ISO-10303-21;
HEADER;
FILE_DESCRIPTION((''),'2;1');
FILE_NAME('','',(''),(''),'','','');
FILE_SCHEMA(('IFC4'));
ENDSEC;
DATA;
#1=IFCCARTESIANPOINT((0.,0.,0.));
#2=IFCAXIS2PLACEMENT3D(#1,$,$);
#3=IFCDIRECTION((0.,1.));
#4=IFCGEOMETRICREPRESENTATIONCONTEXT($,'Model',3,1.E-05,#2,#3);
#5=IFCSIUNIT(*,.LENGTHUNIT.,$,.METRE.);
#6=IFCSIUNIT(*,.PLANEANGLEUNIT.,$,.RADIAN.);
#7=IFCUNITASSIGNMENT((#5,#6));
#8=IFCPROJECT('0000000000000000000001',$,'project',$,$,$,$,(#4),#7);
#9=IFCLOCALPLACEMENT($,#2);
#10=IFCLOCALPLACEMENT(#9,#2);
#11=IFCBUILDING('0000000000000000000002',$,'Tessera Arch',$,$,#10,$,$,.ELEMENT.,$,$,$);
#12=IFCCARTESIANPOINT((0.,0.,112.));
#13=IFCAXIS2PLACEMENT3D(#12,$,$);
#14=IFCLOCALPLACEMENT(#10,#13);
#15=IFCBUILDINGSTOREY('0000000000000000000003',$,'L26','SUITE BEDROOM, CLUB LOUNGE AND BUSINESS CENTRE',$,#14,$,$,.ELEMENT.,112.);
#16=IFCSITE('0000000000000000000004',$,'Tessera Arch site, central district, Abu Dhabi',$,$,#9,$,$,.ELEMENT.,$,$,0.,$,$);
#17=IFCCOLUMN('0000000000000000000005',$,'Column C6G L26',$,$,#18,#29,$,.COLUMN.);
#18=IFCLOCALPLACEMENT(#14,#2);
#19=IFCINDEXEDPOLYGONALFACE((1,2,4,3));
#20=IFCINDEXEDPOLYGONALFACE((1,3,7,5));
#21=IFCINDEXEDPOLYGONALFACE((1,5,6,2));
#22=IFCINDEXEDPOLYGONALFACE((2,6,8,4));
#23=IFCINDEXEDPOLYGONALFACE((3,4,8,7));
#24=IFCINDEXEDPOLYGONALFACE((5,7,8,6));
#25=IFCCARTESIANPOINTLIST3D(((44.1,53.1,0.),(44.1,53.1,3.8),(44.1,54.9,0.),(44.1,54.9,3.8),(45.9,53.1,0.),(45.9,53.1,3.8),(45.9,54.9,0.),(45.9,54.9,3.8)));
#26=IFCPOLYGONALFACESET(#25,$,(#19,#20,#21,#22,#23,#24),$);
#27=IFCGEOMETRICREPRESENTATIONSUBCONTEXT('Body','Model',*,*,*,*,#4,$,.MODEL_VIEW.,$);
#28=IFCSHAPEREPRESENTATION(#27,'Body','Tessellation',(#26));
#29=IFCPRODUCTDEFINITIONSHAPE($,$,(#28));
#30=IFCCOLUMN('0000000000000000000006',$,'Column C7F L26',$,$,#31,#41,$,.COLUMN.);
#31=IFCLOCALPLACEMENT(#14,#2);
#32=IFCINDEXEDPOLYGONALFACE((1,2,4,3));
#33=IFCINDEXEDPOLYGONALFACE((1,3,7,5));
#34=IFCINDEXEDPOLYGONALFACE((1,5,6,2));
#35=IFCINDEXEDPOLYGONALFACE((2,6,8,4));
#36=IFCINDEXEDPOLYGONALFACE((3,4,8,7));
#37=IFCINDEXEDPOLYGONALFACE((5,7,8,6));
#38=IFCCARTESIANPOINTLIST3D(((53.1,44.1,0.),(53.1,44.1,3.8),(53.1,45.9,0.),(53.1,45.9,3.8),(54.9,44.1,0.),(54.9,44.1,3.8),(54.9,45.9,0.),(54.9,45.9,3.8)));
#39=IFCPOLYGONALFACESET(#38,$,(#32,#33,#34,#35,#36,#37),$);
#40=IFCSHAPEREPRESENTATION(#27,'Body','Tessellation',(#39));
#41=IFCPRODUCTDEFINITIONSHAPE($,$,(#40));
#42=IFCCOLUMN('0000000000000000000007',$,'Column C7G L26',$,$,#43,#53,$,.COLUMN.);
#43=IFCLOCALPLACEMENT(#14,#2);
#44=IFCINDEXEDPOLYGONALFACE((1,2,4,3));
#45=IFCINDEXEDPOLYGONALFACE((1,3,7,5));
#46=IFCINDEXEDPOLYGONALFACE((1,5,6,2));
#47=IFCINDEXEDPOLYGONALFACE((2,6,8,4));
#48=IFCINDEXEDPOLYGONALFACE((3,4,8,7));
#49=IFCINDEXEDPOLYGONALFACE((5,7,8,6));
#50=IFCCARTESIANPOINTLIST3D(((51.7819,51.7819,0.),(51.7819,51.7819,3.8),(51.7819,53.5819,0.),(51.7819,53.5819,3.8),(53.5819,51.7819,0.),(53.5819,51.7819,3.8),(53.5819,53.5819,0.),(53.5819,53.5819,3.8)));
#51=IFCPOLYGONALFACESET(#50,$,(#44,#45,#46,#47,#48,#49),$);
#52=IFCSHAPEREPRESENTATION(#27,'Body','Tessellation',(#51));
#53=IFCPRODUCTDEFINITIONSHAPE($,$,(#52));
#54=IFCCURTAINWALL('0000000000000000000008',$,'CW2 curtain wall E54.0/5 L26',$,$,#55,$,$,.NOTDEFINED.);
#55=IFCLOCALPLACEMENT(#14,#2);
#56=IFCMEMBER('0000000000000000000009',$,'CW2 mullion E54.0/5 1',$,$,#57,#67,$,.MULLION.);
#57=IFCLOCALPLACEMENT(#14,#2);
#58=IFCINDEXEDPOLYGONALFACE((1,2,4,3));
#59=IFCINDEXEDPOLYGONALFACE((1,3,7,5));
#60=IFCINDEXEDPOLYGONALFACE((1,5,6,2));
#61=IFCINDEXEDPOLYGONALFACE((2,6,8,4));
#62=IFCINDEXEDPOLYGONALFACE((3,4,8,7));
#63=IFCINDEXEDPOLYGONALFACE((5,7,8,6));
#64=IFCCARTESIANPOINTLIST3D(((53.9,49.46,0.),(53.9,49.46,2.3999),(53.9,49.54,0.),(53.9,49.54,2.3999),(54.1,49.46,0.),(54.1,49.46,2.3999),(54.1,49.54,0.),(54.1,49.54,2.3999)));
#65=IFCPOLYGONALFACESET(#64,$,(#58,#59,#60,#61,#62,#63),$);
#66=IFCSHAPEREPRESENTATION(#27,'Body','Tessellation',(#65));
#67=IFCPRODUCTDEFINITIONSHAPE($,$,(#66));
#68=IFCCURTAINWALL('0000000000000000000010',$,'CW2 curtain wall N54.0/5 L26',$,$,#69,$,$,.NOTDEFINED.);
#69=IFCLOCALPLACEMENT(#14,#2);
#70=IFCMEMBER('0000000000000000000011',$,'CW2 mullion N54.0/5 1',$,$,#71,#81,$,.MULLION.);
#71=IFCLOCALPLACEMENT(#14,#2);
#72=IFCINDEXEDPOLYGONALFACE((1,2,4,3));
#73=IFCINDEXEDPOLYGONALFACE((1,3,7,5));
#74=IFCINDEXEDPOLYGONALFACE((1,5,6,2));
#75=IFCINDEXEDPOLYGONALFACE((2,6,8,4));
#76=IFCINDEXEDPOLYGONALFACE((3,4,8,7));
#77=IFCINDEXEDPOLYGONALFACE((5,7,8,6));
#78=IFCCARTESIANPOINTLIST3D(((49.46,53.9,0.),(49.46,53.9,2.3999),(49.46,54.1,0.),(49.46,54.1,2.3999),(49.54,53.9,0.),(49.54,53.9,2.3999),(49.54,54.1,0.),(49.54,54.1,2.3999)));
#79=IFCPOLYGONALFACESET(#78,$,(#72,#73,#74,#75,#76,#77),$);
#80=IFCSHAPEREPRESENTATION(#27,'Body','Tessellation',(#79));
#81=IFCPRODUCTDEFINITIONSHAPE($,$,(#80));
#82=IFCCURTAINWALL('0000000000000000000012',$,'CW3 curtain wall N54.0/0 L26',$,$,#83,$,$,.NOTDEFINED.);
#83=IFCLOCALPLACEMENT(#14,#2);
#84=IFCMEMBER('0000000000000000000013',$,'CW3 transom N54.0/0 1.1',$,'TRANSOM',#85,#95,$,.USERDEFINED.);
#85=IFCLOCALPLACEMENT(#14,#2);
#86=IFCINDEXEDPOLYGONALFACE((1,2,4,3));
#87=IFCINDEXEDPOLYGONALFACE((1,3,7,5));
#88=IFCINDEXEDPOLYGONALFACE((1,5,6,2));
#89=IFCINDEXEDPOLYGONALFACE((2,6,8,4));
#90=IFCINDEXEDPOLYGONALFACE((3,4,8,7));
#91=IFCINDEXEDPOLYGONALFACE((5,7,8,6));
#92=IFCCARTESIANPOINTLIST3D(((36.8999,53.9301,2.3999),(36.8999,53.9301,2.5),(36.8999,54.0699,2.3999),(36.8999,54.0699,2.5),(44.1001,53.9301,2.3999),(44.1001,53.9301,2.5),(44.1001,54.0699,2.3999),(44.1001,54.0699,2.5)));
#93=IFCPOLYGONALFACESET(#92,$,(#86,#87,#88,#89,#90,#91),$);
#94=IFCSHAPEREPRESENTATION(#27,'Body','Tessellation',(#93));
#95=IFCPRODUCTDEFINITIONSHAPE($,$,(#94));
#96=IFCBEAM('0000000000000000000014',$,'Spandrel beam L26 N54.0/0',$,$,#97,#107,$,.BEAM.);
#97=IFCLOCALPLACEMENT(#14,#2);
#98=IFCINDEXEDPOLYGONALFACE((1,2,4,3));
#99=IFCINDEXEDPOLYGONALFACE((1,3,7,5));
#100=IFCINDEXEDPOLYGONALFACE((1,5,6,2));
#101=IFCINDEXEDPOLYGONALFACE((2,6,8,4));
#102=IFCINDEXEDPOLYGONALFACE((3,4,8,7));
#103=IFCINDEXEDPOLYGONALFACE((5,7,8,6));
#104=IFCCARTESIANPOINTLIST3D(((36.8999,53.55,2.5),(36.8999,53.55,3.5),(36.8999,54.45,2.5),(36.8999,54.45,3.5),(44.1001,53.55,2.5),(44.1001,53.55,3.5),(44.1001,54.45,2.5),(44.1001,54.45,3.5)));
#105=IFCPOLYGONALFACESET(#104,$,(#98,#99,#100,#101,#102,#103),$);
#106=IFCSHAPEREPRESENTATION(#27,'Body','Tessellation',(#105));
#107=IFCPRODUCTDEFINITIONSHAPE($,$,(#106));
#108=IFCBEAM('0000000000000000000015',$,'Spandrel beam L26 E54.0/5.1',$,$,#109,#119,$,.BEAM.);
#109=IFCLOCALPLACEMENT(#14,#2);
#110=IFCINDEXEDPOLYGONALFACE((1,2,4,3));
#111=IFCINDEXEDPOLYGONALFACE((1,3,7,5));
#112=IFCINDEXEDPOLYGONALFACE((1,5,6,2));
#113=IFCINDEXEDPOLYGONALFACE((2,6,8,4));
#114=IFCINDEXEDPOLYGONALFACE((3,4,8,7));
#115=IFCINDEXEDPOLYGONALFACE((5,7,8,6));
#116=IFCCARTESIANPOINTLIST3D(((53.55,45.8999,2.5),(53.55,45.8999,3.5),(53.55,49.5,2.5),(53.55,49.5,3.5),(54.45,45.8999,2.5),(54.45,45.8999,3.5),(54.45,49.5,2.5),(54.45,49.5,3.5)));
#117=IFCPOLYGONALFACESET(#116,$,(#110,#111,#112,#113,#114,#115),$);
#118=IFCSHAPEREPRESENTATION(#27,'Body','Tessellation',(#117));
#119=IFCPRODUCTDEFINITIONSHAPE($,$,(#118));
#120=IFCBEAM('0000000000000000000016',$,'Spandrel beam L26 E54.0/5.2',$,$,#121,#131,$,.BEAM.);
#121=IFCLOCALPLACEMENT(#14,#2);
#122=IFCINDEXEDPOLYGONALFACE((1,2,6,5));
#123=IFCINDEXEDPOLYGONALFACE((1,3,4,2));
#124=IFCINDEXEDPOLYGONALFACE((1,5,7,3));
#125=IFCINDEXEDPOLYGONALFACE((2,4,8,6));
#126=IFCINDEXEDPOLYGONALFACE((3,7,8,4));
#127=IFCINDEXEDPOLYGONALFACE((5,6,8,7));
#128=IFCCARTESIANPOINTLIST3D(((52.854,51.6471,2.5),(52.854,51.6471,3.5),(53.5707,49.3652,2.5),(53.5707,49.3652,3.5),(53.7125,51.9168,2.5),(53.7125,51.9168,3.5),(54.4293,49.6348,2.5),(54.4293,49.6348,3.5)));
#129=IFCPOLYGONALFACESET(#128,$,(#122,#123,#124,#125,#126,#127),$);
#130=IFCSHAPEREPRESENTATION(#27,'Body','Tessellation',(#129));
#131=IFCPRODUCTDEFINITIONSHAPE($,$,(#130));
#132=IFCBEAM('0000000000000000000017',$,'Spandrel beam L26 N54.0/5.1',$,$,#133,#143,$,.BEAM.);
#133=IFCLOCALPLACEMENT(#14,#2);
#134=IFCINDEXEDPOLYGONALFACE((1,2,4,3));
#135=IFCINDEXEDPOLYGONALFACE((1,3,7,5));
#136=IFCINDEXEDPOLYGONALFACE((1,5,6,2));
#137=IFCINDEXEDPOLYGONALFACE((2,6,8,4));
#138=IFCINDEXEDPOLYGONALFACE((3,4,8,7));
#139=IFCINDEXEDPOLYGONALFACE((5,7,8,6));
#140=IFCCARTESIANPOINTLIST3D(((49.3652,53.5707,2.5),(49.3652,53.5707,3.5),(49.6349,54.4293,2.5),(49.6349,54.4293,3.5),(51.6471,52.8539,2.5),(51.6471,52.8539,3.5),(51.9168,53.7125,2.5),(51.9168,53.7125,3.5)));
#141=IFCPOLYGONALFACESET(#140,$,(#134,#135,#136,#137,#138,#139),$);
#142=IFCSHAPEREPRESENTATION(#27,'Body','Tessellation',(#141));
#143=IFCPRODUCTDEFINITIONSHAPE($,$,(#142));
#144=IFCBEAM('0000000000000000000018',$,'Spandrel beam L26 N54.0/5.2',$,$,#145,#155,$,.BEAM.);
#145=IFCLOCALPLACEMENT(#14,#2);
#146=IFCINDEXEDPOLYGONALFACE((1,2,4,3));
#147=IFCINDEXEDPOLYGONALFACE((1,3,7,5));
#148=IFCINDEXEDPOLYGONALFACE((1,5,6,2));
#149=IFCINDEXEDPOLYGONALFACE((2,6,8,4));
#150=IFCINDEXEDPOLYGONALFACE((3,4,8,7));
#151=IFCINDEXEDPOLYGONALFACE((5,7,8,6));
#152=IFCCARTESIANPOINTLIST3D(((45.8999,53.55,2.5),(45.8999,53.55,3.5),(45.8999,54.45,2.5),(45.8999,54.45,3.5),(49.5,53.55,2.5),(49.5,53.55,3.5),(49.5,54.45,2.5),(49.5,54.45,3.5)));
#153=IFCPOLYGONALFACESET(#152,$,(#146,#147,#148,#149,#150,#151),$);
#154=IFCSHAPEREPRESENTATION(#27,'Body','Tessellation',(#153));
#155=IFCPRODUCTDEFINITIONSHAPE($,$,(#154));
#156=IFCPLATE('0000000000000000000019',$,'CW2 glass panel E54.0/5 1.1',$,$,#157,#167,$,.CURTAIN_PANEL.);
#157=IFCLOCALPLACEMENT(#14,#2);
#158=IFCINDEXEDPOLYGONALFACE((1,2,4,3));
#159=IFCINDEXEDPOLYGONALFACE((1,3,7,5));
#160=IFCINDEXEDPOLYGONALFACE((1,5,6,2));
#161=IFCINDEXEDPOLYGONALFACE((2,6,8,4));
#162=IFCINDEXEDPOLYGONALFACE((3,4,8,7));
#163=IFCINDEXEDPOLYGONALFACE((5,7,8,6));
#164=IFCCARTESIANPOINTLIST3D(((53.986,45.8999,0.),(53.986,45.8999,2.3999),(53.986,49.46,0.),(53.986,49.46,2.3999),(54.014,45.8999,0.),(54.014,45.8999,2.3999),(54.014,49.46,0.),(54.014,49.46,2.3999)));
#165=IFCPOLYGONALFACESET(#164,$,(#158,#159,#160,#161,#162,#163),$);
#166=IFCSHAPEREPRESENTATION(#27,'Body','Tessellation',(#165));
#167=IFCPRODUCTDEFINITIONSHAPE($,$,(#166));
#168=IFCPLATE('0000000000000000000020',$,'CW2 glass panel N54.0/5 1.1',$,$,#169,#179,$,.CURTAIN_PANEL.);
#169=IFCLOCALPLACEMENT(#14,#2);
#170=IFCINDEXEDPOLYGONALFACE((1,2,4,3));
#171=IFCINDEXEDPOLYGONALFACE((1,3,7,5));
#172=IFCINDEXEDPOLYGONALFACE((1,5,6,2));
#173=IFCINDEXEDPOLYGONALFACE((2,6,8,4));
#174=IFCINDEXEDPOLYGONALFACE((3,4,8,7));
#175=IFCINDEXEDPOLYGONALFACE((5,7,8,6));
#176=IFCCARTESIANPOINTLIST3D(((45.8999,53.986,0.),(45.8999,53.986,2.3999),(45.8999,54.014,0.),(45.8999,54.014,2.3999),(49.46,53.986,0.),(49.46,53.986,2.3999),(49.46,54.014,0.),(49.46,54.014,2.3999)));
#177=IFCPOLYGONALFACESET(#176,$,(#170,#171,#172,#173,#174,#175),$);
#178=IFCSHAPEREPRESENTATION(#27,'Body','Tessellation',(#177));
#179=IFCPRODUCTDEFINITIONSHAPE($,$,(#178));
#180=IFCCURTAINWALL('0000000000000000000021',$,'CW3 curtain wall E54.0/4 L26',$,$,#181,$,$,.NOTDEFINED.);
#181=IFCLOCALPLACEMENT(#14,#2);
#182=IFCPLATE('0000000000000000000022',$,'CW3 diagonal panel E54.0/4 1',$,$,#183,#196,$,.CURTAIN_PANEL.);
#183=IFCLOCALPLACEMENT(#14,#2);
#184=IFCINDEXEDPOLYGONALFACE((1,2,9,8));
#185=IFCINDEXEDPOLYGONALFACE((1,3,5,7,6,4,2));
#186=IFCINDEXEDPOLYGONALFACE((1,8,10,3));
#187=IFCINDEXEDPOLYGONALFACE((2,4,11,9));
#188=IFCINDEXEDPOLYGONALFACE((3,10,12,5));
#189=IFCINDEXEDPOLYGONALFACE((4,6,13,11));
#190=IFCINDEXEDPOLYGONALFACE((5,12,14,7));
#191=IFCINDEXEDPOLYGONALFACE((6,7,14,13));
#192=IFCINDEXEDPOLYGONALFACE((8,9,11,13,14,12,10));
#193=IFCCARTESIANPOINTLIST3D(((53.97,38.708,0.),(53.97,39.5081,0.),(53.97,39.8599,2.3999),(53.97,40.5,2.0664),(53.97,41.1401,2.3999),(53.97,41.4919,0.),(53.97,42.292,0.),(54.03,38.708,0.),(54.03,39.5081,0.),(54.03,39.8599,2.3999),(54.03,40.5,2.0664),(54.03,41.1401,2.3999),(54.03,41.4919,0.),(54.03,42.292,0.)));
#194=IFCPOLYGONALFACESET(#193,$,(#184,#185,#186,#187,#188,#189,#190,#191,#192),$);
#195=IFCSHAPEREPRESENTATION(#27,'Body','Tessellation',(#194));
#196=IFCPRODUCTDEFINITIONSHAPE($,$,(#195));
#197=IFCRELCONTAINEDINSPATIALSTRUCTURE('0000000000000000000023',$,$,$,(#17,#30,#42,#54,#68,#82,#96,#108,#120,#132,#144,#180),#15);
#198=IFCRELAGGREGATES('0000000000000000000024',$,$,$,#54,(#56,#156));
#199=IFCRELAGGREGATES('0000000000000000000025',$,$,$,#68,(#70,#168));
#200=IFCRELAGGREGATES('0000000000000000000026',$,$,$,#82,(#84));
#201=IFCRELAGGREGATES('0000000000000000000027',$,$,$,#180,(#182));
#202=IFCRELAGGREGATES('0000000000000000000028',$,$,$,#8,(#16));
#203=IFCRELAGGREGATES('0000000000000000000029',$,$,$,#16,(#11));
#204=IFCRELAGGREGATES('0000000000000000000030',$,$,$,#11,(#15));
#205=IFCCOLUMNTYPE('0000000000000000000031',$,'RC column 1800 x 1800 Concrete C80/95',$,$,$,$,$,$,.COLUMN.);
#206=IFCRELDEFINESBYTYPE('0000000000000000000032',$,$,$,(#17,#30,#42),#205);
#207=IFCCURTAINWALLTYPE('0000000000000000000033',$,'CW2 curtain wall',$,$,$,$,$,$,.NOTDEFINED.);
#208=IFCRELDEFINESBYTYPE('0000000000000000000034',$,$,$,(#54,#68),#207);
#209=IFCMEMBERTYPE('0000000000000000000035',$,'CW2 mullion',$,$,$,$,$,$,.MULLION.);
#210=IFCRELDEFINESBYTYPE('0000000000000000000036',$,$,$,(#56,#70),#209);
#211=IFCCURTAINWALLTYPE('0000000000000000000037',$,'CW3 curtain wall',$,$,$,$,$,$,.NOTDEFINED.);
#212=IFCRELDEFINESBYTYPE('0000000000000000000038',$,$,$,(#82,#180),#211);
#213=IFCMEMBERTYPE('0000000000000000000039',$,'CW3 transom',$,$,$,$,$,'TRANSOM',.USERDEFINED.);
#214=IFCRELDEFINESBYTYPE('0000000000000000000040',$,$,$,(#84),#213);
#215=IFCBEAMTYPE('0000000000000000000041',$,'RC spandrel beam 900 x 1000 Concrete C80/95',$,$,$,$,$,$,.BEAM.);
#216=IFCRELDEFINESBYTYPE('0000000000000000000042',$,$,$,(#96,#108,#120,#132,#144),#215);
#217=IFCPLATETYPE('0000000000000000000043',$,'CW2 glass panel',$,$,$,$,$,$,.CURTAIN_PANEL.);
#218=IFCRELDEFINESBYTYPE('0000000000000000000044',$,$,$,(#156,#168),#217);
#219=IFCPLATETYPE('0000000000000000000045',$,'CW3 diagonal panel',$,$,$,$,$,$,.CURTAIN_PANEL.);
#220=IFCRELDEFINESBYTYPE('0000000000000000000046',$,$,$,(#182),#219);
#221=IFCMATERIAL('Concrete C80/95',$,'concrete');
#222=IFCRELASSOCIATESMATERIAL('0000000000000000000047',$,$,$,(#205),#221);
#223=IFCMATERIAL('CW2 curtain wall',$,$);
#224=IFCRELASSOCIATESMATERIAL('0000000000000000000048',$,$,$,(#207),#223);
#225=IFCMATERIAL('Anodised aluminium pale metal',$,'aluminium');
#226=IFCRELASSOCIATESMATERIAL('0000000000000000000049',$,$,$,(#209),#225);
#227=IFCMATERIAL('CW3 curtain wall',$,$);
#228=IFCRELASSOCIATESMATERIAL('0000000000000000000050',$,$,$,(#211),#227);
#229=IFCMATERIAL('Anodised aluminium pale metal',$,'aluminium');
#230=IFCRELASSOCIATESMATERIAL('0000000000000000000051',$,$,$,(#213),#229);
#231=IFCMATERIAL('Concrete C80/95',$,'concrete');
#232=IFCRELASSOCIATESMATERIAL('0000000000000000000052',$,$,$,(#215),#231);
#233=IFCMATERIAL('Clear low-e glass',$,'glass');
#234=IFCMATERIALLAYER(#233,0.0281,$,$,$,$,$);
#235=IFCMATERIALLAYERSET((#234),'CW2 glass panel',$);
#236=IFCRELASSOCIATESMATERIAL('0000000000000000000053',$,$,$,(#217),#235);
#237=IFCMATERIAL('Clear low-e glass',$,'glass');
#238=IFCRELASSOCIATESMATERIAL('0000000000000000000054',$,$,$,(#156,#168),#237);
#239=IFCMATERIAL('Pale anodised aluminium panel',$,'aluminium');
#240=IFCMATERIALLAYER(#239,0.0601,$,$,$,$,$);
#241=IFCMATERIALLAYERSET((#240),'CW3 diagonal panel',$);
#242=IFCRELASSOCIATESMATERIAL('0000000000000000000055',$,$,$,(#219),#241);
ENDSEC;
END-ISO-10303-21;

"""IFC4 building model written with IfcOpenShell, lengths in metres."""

from ifc_helpers import new_model, si_unit, direction, frame, origin, origin_2d, place, context, subcontext, project, spatial, polyline, rectangle, outline, extrude, material, layer, layer_set, material_profile, profile_set, type_object, element, aggregate, save


model = new_model("IFC4")

# Units and contexts
model_context = context("Model", 3, precision=1e-05, world=origin(), true_north=direction((0.0, 1.0)))
body_context = subcontext(model_context, "Body", "Model", "MODEL_VIEW")
ifc_project = project(units=[si_unit("LENGTHUNIT", "METRE"), si_unit("PLANEANGLEUNIT", "RADIAN")], contexts=[model_context])

# Site, building, storey
site_placement = place(None, origin())
site = spatial("IfcSite", under=ifc_project, at=site_placement, Name="Tessera Arch site, central district, Abu Dhabi", CompositionType="ELEMENT", RefElevation=0.0)
building_placement = place(site_placement, origin())
building = spatial("IfcBuilding", under=site, at=building_placement, Name="Tessera Arch", CompositionType="ELEMENT")
storey_placement = place(building_placement, frame((0.0, 0.0, 112.0)))
storey = spatial("IfcBuildingStorey", under=building, at=storey_placement, Name="L26", Description="SUITE BEDROOM, CLUB LOUNGE AND BUSINESS CENTRE", CompositionType="ELEMENT", Elevation=112.0)

# Columns
ifc_material_1 = material(Name="Concrete C80/95", Category="concrete")
ifc_material_profile_1 = material_profile(ifc_material_1, rectangle(XDim=1.8, YDim=1.8, at=origin_2d()), Name="RC column 1800 x 1800 Concrete C80/95")
ifc_profile_set_1 = profile_set([ifc_material_profile_1], Name="Concrete C80/95")
column_type = type_object("IfcColumnType", Name="RC column 1800 x 1800 Concrete C80/95", PredefinedType="COLUMN", material=ifc_profile_set_1)
for number, where, z_axis, x_axis, name in (
    (1, (45.0, 54.0, 0.0), (0.0, 0.0, 1.0), (1.0, 0.0, 0.0), "Column C6G L26"),
    (2, (54.0, 45.0, 0.0), (0.0, 0.0, 1.0), (1.0, 0.0, 0.0), "Column C7F L26"),
    (3, (52.6819, 52.6819, 0.0), (0.0, 0.0, 1.0), (1.0, 0.0, 0.0), "Column C7G L26"),
):
    element("IfcColumn", number, at=place(storey_placement, frame(where, z_axis=z_axis, x_axis=x_axis)), inside=storey, type_object=column_type, Name=name, PredefinedType="COLUMN", context=body_context, shape_type="SweptSolid", body=[
        extrude(rectangle(XDim=1.8, YDim=1.8, at=origin_2d()), origin(), (0.0, 0.0, 1.0), 3.8),
    ])

# Curtain walls, members
ifc_material_2 = material(Name="CW2 curtain wall")
curtain_wall_type_1 = type_object("IfcCurtainWallType", Name="CW2 curtain wall", PredefinedType="NOTDEFINED", material=ifc_material_2)
curtain_wall_1_placement = place(storey_placement, origin())
curtain_wall_1 = element("IfcCurtainWall", 4, at=curtain_wall_1_placement, inside=storey, type_object=curtain_wall_type_1, Name="CW2 curtain wall E54.0/5 L26", PredefinedType="NOTDEFINED")
ifc_material_3 = material(Name="Anodised aluminium pale metal", Category="aluminium")
ifc_material_profile_2 = material_profile(ifc_material_3, rectangle(XDim=0.2, YDim=0.0801, at=origin_2d()), Name="AL 80x200")
ifc_profile_set_2 = profile_set([ifc_material_profile_2], Name="Anodised aluminium pale metal")
member_type_1 = type_object("IfcMemberType", Name="CW2 mullion", PredefinedType="MULLION", material=ifc_profile_set_2)
member_1_placement = place(storey_placement, frame((54.0, 49.5, 0.0), z_axis=(0.0, 0.0, 1.0), x_axis=(-1.0, 0.0, 0.0)))
member_1 = element("IfcMember", 5, at=member_1_placement, type_object=member_type_1, Name="CW2 mullion E54.0/5 1", PredefinedType="MULLION", context=body_context, shape_type="SweptSolid", body=[
    extrude(rectangle(XDim=0.2, YDim=0.0801, at=origin_2d()), origin(), (0.0, 0.0, 1.0), 2.3999),
])
curtain_wall_2_placement = place(storey_placement, origin())
curtain_wall_2 = element("IfcCurtainWall", 6, at=curtain_wall_2_placement, inside=storey, type_object=curtain_wall_type_1, Name="CW2 curtain wall N54.0/5 L26", PredefinedType="NOTDEFINED")
member_2_placement = place(storey_placement, frame((49.5, 54.0, 0.0), z_axis=(0.0, 0.0, 1.0), x_axis=(0.0, -1.0, 0.0)))
member_2 = element("IfcMember", 7, at=member_2_placement, type_object=member_type_1, Name="CW2 mullion N54.0/5 1", PredefinedType="MULLION", context=body_context, shape_type="SweptSolid", body=[
    extrude(rectangle(XDim=0.2, YDim=0.0801, at=origin_2d()), origin(), (0.0, 0.0, 1.0), 2.3999),
])
ifc_material_4 = material(Name="CW3 curtain wall")
curtain_wall_type_2 = type_object("IfcCurtainWallType", Name="CW3 curtain wall", PredefinedType="NOTDEFINED", material=ifc_material_4)
curtain_wall_3_placement = place(storey_placement, origin())
curtain_wall_3 = element("IfcCurtainWall", 8, at=curtain_wall_3_placement, inside=storey, type_object=curtain_wall_type_2, Name="CW3 curtain wall N54.0/0 L26", PredefinedType="NOTDEFINED")
ifc_material_5 = material(Name="Anodised aluminium pale metal", Category="aluminium")
ifc_material_profile_3 = material_profile(ifc_material_5, rectangle(XDim=0.1399, YDim=0.1001, at=origin_2d()), Name="AL 140x100")
ifc_profile_set_3 = profile_set([ifc_material_profile_3], Name="Anodised aluminium pale metal")
member_type_2 = type_object("IfcMemberType", Name="CW3 transom", ElementType="TRANSOM", PredefinedType="USERDEFINED", material=ifc_profile_set_3)
member_3_placement = place(storey_placement, frame((44.1001, 54.0, 2.45), z_axis=(-1.0, 0.0, 0.0), x_axis=(0.0, -1.0, 0.0)))
member_3 = element("IfcMember", 9, at=member_3_placement, type_object=member_type_2, Name="CW3 transom N54.0/0 1.1", ObjectType="TRANSOM", PredefinedType="USERDEFINED", context=body_context, shape_type="SweptSolid", body=[
    extrude(rectangle(XDim=0.1399, YDim=0.1001, at=origin_2d()), origin(), (0.0, 0.0, 1.0), 7.2002),
])

# Beams
ifc_material_6 = material(Name="Concrete C80/95", Category="concrete")
ifc_material_profile_4 = material_profile(ifc_material_6, rectangle(XDim=0.8999, YDim=1.0, at=origin_2d()), Name="RC spandrel beam 900 x 1000 Concrete C80/95")
ifc_profile_set_4 = profile_set([ifc_material_profile_4], Name="Concrete C80/95")
beam_type = type_object("IfcBeamType", Name="RC spandrel beam 900 x 1000 Concrete C80/95", PredefinedType="BEAM", material=ifc_profile_set_4)
beam_1_placement = place(storey_placement, frame((44.1001, 54.0, 3.0), z_axis=(-1.0, 0.0, 0.0), x_axis=(0.0, -1.0, 0.0)))
element("IfcBeam", 10, at=beam_1_placement, inside=storey, type_object=beam_type, Name="Spandrel beam L26 N54.0/0", PredefinedType="BEAM", context=body_context, shape_type="SweptSolid", body=[
    extrude(rectangle(XDim=0.8999, YDim=1.0, at=origin_2d()), origin(), (0.0, 0.0, 1.0), 7.2002),
])
beam_2_placement = place(storey_placement, frame((54.0, 45.8999, 3.0), z_axis=(0.0, 1.0, 0.0), x_axis=(-1.0, 0.0, 0.0)))
element("IfcBeam", 11, at=beam_2_placement, inside=storey, type_object=beam_type, Name="Spandrel beam L26 E54.0/5.1", PredefinedType="BEAM", context=body_context, shape_type="SweptSolid", body=[
    extrude(rectangle(XDim=0.8999, YDim=1.0, at=origin_2d()), origin(), (0.0, 0.0, 1.0), 3.6001),
])
for number, where, z_axis, x_axis, name in (
    (12, (54.0, 49.5, 3.0), (-0.299675, 0.954041, 0.0), (-0.954041, -0.299675, 0.0), "Spandrel beam L26 E54.0/5.2"),
    (13, (51.782, 53.2832, 3.0), (-0.954041, 0.299675, 0.0), (-0.299675, -0.954041, 0.0), "Spandrel beam L26 N54.0/5.1"),
):
    element("IfcBeam", number, at=place(storey_placement, frame(where, z_axis=z_axis, x_axis=x_axis)), inside=storey, type_object=beam_type, Name=name, PredefinedType="BEAM", context=body_context, shape_type="SweptSolid", body=[
        extrude(rectangle(XDim=0.8999, YDim=1.0, at=origin_2d()), origin(), (0.0, 0.0, 1.0), 2.3918),
    ])
beam_3_placement = place(storey_placement, frame((49.5, 54.0, 3.0), z_axis=(-1.0, 0.0, 0.0), x_axis=(0.0, -1.0, 0.0)))
element("IfcBeam", 14, at=beam_3_placement, inside=storey, type_object=beam_type, Name="Spandrel beam L26 N54.0/5.2", PredefinedType="BEAM", context=body_context, shape_type="SweptSolid", body=[
    extrude(rectangle(XDim=0.8999, YDim=1.0, at=origin_2d()), origin(), (0.0, 0.0, 1.0), 3.6001),
])

# Plates
ifc_material_7 = material(Name="Clear low-e glass", Category="glass")
ifc_material_8 = material(Name="Clear low-e glass", Category="glass")
ifc_layer_1 = layer(ifc_material_8, 0.0281)
ifc_layer_set_1 = layer_set([ifc_layer_1], Name="CW2 glass panel")
plate_type_1 = type_object("IfcPlateType", Name="CW2 glass panel", PredefinedType="CURTAIN_PANEL", material=ifc_layer_set_1)
plate_1_placement = place(storey_placement, frame((54.0, 47.6799, 0.0), z_axis=(0.0, 0.0, 1.0), x_axis=(0.0, 1.0, 0.0)))
plate_1 = element("IfcPlate", 15, at=plate_1_placement, type_object=plate_type_1, material=ifc_material_7, Name="CW2 glass panel E54.0/5 1.1", PredefinedType="CURTAIN_PANEL", context=body_context, shape_type="SweptSolid", body=[
    extrude(rectangle(XDim=3.5601, YDim=0.0281, at=origin_2d()), origin(), (0.0, 0.0, 1.0), 2.3999),
])
aggregate(curtain_wall_1, [member_1, plate_1])
plate_2_placement = place(storey_placement, frame((47.6799, 54.0, 0.0), z_axis=(0.0, 0.0, 1.0), x_axis=(-1.0, 0.0, 0.0)))
plate_2 = element("IfcPlate", 16, at=plate_2_placement, type_object=plate_type_1, material=ifc_material_7, Name="CW2 glass panel N54.0/5 1.1", PredefinedType="CURTAIN_PANEL", context=body_context, shape_type="SweptSolid", body=[
    extrude(rectangle(XDim=3.5601, YDim=0.0281, at=origin_2d()), origin(), (0.0, 0.0, 1.0), 2.3999),
])
aggregate(curtain_wall_2, [member_2, plate_2])

# Curtain wall, plate
curtain_wall_4_placement = place(storey_placement, origin())
curtain_wall_4 = element("IfcCurtainWall", 17, at=curtain_wall_4_placement, inside=storey, type_object=curtain_wall_type_2, Name="CW3 curtain wall E54.0/4 L26", PredefinedType="NOTDEFINED")
ifc_material_9 = material(Name="Pale anodised aluminium panel", Category="aluminium")
ifc_layer_2 = layer(ifc_material_9, 0.0601)
ifc_layer_set_2 = layer_set([ifc_layer_2], Name="CW3 diagonal panel")
plate_type_2 = type_object("IfcPlateType", Name="CW3 diagonal panel", PredefinedType="CURTAIN_PANEL", material=ifc_layer_set_2)
plate_3_placement = place(storey_placement, frame((54.03, 41.1401, 2.3999), z_axis=(1.0, 0.0, 0.0), x_axis=(0.0, -1.0, 0.0)))
plate_3 = element("IfcPlate", 18, at=plate_3_placement, type_object=plate_type_2, Name="CW3 diagonal panel E54.0/4 1", PredefinedType="CURTAIN_PANEL", context=body_context, shape_type="SweptSolid", body=[
    extrude(outline(polyline([(0.0, 0.0), (1.2803, 0.0), (2.4321, 2.3999), (1.6321, 2.3999), (0.6401, 0.3335), (-0.3518, 2.3999), (-1.1519, 2.3999), (0.0, 0.0)])), origin(), (0.0, 0.0, -1.0), 0.0601),
])

aggregate(curtain_wall_3, [member_3])

aggregate(curtain_wall_4, [plate_3])

save(model, "model.ifc")
